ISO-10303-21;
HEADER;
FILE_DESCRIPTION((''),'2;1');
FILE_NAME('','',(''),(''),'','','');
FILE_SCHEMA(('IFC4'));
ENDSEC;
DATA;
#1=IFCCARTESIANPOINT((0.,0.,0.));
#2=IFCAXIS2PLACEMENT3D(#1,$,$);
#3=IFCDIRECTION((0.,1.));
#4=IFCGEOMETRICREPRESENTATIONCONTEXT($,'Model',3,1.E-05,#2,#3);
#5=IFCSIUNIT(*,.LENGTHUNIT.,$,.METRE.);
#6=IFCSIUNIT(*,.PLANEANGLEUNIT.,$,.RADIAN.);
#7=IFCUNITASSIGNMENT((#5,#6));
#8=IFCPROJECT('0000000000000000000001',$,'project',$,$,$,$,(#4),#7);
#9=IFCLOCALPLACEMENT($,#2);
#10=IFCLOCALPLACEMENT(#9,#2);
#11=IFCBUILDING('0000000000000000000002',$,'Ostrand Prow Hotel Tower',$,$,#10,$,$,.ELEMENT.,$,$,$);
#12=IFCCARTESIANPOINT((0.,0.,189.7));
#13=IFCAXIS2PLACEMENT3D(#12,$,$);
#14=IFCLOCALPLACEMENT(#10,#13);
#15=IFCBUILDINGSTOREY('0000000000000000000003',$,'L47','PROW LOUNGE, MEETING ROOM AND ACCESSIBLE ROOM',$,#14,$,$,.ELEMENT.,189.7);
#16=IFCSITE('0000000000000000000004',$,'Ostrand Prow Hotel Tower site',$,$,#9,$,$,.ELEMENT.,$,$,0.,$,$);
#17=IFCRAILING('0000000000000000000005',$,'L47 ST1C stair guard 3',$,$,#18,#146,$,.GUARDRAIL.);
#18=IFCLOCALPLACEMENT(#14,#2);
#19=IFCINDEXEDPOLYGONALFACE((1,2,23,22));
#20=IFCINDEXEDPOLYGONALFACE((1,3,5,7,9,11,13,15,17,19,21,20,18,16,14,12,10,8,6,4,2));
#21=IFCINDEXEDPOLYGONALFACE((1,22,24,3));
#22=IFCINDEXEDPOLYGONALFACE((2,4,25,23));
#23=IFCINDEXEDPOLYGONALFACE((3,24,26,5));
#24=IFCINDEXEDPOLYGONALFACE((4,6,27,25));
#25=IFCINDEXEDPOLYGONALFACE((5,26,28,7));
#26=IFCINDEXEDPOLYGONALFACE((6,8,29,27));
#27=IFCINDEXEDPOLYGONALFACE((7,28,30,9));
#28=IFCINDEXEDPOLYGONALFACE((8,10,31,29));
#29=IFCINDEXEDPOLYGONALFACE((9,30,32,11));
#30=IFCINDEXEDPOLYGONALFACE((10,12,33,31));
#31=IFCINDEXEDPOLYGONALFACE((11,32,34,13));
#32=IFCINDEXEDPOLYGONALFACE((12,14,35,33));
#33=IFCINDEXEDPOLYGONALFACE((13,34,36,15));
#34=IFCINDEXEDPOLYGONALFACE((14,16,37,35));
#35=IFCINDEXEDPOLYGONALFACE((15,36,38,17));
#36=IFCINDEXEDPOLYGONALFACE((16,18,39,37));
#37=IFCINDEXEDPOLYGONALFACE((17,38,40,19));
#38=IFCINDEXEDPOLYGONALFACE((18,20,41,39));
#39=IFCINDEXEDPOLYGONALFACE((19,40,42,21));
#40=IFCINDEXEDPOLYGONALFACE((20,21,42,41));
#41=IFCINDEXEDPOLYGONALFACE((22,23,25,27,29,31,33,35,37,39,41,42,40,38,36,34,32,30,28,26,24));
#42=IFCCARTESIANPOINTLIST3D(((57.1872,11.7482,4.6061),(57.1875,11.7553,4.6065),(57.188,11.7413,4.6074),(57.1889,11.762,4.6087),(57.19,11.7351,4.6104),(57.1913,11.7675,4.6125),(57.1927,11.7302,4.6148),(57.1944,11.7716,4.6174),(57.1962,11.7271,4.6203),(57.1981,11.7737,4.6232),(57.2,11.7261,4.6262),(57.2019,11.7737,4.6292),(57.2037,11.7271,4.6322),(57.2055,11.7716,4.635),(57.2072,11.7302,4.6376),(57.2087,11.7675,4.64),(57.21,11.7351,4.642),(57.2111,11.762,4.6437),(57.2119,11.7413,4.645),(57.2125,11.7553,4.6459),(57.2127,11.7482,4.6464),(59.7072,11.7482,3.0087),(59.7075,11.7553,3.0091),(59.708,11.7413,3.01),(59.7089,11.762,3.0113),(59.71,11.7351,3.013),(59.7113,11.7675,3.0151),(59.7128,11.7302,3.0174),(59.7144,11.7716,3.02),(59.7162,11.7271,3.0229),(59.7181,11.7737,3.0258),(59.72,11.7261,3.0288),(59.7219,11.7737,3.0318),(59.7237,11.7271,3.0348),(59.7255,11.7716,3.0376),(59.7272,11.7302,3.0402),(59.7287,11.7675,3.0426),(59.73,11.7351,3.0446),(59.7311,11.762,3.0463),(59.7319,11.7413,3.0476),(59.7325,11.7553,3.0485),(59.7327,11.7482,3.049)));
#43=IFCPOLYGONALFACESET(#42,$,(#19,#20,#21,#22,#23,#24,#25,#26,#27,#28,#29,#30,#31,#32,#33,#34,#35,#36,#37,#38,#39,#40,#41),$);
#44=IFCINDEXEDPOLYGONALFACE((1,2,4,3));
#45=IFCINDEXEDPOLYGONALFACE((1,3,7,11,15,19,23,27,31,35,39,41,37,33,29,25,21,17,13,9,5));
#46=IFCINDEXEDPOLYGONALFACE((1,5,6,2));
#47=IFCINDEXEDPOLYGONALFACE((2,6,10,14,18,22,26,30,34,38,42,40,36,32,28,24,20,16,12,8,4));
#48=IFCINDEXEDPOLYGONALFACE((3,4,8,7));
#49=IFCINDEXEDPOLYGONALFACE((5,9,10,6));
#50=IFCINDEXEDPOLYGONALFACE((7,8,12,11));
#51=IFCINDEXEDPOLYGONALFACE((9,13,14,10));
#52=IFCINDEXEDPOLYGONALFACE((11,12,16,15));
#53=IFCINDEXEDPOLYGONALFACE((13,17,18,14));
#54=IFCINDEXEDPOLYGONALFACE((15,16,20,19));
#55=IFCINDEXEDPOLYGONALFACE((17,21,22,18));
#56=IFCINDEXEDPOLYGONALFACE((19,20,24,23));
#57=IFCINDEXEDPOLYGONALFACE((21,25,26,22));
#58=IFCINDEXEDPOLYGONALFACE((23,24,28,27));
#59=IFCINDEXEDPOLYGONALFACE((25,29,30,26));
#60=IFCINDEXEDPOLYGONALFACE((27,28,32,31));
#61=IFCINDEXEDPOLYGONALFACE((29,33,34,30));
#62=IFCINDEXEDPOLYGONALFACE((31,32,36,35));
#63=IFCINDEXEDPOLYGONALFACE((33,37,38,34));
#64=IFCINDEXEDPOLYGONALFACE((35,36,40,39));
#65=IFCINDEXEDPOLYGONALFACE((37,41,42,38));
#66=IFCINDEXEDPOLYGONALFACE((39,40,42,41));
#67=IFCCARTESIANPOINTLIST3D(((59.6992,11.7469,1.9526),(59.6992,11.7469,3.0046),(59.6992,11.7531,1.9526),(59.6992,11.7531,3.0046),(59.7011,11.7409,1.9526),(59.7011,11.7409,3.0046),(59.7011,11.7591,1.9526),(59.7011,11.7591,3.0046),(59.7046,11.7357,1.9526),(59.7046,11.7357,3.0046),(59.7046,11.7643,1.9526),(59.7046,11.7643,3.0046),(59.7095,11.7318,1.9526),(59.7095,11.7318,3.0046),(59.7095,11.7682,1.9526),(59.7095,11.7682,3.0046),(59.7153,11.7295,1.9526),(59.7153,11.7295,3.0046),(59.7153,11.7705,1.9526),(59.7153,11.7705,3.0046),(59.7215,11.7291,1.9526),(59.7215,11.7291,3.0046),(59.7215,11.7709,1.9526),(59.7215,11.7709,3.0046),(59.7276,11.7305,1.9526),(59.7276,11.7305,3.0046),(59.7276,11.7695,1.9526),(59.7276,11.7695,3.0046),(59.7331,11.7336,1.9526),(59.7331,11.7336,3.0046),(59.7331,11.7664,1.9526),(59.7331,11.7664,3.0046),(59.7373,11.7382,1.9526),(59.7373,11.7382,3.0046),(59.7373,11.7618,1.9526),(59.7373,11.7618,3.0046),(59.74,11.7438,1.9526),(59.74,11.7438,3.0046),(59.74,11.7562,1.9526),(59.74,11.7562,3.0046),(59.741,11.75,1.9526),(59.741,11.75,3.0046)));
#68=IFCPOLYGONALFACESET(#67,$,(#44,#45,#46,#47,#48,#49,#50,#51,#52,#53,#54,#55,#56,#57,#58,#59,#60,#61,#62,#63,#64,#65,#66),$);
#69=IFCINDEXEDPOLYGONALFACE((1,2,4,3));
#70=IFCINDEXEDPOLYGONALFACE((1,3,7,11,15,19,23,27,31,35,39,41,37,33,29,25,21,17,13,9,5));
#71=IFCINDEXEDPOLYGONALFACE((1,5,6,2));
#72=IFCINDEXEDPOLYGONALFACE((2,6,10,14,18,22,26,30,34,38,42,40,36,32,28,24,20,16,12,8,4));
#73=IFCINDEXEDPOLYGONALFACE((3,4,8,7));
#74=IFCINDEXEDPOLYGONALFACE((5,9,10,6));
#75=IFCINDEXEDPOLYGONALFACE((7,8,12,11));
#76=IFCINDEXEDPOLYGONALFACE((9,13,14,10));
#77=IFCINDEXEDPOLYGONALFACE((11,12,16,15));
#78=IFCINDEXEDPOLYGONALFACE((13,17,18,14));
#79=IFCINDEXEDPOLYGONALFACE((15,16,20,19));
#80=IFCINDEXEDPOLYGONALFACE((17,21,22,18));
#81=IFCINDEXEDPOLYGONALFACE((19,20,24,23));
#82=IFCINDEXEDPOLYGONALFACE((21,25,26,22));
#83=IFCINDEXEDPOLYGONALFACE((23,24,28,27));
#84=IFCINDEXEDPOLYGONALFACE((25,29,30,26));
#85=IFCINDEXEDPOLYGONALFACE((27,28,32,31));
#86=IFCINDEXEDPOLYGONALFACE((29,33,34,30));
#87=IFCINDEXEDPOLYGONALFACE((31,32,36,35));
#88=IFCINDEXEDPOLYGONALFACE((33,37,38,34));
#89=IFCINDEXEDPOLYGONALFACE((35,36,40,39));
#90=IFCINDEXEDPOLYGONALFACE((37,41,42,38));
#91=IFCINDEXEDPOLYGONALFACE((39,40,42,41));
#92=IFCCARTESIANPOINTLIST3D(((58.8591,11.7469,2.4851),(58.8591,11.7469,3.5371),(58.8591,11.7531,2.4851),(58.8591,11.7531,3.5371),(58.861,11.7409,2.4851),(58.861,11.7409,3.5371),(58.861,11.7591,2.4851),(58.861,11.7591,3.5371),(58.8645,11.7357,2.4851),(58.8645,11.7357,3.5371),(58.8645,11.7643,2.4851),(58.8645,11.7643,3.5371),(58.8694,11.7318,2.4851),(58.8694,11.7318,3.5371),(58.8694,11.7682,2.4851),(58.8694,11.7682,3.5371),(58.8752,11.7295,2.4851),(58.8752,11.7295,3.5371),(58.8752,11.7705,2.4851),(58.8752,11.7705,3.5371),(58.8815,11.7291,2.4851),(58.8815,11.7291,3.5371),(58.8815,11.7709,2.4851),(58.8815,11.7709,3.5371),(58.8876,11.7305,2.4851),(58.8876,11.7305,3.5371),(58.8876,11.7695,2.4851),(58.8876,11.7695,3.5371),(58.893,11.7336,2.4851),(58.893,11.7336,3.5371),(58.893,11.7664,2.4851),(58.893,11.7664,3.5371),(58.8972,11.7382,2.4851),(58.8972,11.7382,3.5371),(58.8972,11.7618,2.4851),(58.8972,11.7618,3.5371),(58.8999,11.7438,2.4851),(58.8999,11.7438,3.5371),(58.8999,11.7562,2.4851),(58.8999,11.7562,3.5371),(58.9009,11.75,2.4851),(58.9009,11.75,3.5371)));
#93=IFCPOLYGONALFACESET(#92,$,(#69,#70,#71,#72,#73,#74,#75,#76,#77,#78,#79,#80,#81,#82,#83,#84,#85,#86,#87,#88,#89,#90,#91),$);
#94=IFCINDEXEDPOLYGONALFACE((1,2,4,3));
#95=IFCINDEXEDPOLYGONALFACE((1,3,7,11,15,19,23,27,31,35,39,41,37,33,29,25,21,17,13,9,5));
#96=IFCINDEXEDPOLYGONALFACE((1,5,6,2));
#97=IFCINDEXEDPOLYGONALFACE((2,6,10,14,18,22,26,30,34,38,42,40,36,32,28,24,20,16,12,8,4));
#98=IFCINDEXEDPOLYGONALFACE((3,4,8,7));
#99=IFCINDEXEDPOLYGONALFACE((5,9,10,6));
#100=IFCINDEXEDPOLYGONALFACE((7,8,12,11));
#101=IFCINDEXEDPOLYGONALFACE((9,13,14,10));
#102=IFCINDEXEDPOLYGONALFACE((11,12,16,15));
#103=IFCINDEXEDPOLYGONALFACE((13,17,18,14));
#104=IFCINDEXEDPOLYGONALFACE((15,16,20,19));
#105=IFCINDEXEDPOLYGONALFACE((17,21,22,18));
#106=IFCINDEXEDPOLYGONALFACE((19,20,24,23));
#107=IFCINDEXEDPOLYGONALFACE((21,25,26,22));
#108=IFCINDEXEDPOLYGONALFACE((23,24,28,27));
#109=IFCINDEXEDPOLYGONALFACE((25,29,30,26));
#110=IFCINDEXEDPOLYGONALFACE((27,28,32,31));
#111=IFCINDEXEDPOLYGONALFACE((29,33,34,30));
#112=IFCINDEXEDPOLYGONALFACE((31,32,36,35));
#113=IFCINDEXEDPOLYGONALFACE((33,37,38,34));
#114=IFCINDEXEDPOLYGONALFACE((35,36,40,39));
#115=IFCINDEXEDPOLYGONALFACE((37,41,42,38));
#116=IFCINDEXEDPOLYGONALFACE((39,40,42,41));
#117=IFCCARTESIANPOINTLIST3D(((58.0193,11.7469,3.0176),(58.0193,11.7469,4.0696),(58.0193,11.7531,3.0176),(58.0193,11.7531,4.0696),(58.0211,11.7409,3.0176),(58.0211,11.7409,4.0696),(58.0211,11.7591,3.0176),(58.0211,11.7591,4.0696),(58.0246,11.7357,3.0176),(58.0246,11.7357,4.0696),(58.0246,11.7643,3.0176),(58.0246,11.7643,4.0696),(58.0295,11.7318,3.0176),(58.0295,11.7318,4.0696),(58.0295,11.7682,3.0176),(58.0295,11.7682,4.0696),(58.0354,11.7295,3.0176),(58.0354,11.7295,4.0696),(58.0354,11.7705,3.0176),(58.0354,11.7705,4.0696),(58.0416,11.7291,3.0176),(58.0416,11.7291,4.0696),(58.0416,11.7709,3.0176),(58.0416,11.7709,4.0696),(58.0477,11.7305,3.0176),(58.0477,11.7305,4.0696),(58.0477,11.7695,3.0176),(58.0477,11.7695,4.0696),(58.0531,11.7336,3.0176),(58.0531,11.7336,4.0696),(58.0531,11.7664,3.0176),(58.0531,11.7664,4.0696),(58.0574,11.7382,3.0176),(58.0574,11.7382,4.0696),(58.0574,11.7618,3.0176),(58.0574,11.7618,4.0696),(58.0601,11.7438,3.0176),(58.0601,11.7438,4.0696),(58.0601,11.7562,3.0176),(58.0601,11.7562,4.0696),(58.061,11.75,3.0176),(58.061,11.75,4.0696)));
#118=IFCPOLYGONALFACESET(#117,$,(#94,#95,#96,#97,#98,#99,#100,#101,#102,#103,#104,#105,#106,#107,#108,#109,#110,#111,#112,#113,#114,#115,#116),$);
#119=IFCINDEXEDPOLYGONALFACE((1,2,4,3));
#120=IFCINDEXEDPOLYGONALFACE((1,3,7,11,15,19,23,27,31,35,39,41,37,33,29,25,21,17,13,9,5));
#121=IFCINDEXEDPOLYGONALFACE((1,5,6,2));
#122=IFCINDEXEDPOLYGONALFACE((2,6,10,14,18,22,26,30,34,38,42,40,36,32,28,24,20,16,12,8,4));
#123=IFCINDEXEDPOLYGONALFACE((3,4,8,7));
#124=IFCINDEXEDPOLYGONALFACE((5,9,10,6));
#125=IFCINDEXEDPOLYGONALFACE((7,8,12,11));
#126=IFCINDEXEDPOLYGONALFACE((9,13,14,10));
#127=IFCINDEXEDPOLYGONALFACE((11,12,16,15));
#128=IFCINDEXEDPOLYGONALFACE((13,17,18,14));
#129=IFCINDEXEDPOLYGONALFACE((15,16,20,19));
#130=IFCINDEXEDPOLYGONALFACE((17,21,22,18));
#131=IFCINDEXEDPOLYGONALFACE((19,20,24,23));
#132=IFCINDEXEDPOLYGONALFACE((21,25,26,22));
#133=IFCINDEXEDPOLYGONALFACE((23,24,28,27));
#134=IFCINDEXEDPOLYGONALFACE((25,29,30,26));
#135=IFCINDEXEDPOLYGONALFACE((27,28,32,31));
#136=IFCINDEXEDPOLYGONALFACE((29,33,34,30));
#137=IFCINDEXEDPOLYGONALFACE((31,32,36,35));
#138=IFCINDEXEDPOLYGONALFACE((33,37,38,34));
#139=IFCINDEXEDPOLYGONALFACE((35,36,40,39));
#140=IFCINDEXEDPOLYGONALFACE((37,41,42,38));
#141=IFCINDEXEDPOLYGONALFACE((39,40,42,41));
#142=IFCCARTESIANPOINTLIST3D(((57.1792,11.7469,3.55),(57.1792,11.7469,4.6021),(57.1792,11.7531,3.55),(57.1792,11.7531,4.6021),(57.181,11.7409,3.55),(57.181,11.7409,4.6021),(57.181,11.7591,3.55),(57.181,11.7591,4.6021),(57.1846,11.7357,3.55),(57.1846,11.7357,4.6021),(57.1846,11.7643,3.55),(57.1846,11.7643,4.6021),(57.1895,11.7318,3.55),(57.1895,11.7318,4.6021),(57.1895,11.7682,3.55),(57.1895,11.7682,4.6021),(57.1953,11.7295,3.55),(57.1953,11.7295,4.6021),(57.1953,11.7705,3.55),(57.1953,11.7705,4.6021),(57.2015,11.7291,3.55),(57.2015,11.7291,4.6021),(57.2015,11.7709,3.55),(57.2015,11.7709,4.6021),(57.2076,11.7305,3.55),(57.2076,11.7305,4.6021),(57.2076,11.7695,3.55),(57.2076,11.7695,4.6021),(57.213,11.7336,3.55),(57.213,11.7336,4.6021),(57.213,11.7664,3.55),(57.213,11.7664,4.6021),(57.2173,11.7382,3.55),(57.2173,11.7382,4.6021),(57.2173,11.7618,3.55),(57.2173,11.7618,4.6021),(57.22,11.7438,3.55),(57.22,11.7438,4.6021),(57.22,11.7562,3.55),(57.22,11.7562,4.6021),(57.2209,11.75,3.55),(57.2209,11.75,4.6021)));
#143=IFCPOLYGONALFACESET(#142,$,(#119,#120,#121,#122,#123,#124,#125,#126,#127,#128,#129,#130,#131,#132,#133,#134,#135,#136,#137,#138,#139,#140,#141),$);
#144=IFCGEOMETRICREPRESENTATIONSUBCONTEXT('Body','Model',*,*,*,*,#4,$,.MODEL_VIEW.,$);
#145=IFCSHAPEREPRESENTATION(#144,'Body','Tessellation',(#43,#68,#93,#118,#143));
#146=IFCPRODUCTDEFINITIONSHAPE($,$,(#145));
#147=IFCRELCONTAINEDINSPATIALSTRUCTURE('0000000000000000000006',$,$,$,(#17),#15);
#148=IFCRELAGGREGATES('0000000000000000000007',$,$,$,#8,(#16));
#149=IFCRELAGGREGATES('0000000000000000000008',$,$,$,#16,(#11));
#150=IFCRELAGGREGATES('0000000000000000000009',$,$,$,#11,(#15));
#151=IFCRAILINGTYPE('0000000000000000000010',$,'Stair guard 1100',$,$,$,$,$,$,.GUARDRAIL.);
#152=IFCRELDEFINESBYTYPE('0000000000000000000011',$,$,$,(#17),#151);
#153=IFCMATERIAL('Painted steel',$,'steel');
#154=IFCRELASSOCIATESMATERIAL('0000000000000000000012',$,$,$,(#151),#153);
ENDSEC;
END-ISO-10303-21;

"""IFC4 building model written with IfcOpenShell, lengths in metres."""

from ifc_helpers import new_model, si_unit, direction, frame, origin, origin_2d, place, context, subcontext, project, spatial, circle, extrude, material, type_object, element, save


model = new_model("IFC4")

# Units and contexts
model_context = context("Model", 3, precision=1e-05, world=origin(), true_north=direction((0.0, 1.0)))
body_context = subcontext(model_context, "Body", "Model", "MODEL_VIEW")
ifc_project = project(units=[si_unit("LENGTHUNIT", "METRE"), si_unit("PLANEANGLEUNIT", "RADIAN")], contexts=[model_context])

# Site, building, storey
site_placement = place(None, origin())
site = spatial("IfcSite", under=ifc_project, at=site_placement, Name="Ostrand Prow Hotel Tower site", CompositionType="ELEMENT", RefElevation=0.0)
building_placement = place(site_placement, origin())
building = spatial("IfcBuilding", under=site, at=building_placement, Name="Ostrand Prow Hotel Tower", CompositionType="ELEMENT")
storey_placement = place(building_placement, frame((0.0, 0.0, 189.7)))
storey = spatial("IfcBuildingStorey", under=building, at=storey_placement, Name="L47", Description="PROW LOUNGE, MEETING ROOM AND ACCESSIBLE ROOM", CompositionType="ELEMENT", Elevation=189.7)

# Railing
ifc_material_1 = material(Name="Painted steel", Category="steel")
railing_type_1 = type_object("IfcRailingType", Name="Stair guard 1100", PredefinedType="GUARDRAIL", material=ifc_material_1)
railing_1_placement = place(storey_placement, frame((59.72, 11.75, 1.9526)))
element("IfcRailing", 1, at=railing_1_placement, inside=storey, type_object=railing_type_1, Name="L47 ST1C stair guard 3", PredefinedType="GUARDRAIL", context=body_context, shape_type="SweptSolid", body=[
    extrude(circle(Radius=0.0239, at=origin_2d()), frame((0.0, 0.0, 1.0762), z_axis=(-0.844607, 0.0, 0.535387), x_axis=(0.0, -1.0, 0.0)), (0.0, 0.0, 1.0), 2.9836),
    extrude(circle(Radius=0.021, at=origin_2d()), origin(), (0.0, 0.0, 1.0), 1.052),
    extrude(circle(Radius=0.021, at=origin_2d()), frame((-0.8401, 0.0, 0.5325)), (0.0, 0.0, 1.0), 1.052),
    extrude(circle(Radius=0.021, at=origin_2d()), frame((-1.6799, 0.0, 1.0649)), (0.0, 0.0, 1.0), 1.052),
    extrude(circle(Radius=0.021, at=origin_2d()), frame((-2.52, 0.0, 1.5974)), (0.0, 0.0, 1.0), 1.052),
])

save(model, "model.ifc")
